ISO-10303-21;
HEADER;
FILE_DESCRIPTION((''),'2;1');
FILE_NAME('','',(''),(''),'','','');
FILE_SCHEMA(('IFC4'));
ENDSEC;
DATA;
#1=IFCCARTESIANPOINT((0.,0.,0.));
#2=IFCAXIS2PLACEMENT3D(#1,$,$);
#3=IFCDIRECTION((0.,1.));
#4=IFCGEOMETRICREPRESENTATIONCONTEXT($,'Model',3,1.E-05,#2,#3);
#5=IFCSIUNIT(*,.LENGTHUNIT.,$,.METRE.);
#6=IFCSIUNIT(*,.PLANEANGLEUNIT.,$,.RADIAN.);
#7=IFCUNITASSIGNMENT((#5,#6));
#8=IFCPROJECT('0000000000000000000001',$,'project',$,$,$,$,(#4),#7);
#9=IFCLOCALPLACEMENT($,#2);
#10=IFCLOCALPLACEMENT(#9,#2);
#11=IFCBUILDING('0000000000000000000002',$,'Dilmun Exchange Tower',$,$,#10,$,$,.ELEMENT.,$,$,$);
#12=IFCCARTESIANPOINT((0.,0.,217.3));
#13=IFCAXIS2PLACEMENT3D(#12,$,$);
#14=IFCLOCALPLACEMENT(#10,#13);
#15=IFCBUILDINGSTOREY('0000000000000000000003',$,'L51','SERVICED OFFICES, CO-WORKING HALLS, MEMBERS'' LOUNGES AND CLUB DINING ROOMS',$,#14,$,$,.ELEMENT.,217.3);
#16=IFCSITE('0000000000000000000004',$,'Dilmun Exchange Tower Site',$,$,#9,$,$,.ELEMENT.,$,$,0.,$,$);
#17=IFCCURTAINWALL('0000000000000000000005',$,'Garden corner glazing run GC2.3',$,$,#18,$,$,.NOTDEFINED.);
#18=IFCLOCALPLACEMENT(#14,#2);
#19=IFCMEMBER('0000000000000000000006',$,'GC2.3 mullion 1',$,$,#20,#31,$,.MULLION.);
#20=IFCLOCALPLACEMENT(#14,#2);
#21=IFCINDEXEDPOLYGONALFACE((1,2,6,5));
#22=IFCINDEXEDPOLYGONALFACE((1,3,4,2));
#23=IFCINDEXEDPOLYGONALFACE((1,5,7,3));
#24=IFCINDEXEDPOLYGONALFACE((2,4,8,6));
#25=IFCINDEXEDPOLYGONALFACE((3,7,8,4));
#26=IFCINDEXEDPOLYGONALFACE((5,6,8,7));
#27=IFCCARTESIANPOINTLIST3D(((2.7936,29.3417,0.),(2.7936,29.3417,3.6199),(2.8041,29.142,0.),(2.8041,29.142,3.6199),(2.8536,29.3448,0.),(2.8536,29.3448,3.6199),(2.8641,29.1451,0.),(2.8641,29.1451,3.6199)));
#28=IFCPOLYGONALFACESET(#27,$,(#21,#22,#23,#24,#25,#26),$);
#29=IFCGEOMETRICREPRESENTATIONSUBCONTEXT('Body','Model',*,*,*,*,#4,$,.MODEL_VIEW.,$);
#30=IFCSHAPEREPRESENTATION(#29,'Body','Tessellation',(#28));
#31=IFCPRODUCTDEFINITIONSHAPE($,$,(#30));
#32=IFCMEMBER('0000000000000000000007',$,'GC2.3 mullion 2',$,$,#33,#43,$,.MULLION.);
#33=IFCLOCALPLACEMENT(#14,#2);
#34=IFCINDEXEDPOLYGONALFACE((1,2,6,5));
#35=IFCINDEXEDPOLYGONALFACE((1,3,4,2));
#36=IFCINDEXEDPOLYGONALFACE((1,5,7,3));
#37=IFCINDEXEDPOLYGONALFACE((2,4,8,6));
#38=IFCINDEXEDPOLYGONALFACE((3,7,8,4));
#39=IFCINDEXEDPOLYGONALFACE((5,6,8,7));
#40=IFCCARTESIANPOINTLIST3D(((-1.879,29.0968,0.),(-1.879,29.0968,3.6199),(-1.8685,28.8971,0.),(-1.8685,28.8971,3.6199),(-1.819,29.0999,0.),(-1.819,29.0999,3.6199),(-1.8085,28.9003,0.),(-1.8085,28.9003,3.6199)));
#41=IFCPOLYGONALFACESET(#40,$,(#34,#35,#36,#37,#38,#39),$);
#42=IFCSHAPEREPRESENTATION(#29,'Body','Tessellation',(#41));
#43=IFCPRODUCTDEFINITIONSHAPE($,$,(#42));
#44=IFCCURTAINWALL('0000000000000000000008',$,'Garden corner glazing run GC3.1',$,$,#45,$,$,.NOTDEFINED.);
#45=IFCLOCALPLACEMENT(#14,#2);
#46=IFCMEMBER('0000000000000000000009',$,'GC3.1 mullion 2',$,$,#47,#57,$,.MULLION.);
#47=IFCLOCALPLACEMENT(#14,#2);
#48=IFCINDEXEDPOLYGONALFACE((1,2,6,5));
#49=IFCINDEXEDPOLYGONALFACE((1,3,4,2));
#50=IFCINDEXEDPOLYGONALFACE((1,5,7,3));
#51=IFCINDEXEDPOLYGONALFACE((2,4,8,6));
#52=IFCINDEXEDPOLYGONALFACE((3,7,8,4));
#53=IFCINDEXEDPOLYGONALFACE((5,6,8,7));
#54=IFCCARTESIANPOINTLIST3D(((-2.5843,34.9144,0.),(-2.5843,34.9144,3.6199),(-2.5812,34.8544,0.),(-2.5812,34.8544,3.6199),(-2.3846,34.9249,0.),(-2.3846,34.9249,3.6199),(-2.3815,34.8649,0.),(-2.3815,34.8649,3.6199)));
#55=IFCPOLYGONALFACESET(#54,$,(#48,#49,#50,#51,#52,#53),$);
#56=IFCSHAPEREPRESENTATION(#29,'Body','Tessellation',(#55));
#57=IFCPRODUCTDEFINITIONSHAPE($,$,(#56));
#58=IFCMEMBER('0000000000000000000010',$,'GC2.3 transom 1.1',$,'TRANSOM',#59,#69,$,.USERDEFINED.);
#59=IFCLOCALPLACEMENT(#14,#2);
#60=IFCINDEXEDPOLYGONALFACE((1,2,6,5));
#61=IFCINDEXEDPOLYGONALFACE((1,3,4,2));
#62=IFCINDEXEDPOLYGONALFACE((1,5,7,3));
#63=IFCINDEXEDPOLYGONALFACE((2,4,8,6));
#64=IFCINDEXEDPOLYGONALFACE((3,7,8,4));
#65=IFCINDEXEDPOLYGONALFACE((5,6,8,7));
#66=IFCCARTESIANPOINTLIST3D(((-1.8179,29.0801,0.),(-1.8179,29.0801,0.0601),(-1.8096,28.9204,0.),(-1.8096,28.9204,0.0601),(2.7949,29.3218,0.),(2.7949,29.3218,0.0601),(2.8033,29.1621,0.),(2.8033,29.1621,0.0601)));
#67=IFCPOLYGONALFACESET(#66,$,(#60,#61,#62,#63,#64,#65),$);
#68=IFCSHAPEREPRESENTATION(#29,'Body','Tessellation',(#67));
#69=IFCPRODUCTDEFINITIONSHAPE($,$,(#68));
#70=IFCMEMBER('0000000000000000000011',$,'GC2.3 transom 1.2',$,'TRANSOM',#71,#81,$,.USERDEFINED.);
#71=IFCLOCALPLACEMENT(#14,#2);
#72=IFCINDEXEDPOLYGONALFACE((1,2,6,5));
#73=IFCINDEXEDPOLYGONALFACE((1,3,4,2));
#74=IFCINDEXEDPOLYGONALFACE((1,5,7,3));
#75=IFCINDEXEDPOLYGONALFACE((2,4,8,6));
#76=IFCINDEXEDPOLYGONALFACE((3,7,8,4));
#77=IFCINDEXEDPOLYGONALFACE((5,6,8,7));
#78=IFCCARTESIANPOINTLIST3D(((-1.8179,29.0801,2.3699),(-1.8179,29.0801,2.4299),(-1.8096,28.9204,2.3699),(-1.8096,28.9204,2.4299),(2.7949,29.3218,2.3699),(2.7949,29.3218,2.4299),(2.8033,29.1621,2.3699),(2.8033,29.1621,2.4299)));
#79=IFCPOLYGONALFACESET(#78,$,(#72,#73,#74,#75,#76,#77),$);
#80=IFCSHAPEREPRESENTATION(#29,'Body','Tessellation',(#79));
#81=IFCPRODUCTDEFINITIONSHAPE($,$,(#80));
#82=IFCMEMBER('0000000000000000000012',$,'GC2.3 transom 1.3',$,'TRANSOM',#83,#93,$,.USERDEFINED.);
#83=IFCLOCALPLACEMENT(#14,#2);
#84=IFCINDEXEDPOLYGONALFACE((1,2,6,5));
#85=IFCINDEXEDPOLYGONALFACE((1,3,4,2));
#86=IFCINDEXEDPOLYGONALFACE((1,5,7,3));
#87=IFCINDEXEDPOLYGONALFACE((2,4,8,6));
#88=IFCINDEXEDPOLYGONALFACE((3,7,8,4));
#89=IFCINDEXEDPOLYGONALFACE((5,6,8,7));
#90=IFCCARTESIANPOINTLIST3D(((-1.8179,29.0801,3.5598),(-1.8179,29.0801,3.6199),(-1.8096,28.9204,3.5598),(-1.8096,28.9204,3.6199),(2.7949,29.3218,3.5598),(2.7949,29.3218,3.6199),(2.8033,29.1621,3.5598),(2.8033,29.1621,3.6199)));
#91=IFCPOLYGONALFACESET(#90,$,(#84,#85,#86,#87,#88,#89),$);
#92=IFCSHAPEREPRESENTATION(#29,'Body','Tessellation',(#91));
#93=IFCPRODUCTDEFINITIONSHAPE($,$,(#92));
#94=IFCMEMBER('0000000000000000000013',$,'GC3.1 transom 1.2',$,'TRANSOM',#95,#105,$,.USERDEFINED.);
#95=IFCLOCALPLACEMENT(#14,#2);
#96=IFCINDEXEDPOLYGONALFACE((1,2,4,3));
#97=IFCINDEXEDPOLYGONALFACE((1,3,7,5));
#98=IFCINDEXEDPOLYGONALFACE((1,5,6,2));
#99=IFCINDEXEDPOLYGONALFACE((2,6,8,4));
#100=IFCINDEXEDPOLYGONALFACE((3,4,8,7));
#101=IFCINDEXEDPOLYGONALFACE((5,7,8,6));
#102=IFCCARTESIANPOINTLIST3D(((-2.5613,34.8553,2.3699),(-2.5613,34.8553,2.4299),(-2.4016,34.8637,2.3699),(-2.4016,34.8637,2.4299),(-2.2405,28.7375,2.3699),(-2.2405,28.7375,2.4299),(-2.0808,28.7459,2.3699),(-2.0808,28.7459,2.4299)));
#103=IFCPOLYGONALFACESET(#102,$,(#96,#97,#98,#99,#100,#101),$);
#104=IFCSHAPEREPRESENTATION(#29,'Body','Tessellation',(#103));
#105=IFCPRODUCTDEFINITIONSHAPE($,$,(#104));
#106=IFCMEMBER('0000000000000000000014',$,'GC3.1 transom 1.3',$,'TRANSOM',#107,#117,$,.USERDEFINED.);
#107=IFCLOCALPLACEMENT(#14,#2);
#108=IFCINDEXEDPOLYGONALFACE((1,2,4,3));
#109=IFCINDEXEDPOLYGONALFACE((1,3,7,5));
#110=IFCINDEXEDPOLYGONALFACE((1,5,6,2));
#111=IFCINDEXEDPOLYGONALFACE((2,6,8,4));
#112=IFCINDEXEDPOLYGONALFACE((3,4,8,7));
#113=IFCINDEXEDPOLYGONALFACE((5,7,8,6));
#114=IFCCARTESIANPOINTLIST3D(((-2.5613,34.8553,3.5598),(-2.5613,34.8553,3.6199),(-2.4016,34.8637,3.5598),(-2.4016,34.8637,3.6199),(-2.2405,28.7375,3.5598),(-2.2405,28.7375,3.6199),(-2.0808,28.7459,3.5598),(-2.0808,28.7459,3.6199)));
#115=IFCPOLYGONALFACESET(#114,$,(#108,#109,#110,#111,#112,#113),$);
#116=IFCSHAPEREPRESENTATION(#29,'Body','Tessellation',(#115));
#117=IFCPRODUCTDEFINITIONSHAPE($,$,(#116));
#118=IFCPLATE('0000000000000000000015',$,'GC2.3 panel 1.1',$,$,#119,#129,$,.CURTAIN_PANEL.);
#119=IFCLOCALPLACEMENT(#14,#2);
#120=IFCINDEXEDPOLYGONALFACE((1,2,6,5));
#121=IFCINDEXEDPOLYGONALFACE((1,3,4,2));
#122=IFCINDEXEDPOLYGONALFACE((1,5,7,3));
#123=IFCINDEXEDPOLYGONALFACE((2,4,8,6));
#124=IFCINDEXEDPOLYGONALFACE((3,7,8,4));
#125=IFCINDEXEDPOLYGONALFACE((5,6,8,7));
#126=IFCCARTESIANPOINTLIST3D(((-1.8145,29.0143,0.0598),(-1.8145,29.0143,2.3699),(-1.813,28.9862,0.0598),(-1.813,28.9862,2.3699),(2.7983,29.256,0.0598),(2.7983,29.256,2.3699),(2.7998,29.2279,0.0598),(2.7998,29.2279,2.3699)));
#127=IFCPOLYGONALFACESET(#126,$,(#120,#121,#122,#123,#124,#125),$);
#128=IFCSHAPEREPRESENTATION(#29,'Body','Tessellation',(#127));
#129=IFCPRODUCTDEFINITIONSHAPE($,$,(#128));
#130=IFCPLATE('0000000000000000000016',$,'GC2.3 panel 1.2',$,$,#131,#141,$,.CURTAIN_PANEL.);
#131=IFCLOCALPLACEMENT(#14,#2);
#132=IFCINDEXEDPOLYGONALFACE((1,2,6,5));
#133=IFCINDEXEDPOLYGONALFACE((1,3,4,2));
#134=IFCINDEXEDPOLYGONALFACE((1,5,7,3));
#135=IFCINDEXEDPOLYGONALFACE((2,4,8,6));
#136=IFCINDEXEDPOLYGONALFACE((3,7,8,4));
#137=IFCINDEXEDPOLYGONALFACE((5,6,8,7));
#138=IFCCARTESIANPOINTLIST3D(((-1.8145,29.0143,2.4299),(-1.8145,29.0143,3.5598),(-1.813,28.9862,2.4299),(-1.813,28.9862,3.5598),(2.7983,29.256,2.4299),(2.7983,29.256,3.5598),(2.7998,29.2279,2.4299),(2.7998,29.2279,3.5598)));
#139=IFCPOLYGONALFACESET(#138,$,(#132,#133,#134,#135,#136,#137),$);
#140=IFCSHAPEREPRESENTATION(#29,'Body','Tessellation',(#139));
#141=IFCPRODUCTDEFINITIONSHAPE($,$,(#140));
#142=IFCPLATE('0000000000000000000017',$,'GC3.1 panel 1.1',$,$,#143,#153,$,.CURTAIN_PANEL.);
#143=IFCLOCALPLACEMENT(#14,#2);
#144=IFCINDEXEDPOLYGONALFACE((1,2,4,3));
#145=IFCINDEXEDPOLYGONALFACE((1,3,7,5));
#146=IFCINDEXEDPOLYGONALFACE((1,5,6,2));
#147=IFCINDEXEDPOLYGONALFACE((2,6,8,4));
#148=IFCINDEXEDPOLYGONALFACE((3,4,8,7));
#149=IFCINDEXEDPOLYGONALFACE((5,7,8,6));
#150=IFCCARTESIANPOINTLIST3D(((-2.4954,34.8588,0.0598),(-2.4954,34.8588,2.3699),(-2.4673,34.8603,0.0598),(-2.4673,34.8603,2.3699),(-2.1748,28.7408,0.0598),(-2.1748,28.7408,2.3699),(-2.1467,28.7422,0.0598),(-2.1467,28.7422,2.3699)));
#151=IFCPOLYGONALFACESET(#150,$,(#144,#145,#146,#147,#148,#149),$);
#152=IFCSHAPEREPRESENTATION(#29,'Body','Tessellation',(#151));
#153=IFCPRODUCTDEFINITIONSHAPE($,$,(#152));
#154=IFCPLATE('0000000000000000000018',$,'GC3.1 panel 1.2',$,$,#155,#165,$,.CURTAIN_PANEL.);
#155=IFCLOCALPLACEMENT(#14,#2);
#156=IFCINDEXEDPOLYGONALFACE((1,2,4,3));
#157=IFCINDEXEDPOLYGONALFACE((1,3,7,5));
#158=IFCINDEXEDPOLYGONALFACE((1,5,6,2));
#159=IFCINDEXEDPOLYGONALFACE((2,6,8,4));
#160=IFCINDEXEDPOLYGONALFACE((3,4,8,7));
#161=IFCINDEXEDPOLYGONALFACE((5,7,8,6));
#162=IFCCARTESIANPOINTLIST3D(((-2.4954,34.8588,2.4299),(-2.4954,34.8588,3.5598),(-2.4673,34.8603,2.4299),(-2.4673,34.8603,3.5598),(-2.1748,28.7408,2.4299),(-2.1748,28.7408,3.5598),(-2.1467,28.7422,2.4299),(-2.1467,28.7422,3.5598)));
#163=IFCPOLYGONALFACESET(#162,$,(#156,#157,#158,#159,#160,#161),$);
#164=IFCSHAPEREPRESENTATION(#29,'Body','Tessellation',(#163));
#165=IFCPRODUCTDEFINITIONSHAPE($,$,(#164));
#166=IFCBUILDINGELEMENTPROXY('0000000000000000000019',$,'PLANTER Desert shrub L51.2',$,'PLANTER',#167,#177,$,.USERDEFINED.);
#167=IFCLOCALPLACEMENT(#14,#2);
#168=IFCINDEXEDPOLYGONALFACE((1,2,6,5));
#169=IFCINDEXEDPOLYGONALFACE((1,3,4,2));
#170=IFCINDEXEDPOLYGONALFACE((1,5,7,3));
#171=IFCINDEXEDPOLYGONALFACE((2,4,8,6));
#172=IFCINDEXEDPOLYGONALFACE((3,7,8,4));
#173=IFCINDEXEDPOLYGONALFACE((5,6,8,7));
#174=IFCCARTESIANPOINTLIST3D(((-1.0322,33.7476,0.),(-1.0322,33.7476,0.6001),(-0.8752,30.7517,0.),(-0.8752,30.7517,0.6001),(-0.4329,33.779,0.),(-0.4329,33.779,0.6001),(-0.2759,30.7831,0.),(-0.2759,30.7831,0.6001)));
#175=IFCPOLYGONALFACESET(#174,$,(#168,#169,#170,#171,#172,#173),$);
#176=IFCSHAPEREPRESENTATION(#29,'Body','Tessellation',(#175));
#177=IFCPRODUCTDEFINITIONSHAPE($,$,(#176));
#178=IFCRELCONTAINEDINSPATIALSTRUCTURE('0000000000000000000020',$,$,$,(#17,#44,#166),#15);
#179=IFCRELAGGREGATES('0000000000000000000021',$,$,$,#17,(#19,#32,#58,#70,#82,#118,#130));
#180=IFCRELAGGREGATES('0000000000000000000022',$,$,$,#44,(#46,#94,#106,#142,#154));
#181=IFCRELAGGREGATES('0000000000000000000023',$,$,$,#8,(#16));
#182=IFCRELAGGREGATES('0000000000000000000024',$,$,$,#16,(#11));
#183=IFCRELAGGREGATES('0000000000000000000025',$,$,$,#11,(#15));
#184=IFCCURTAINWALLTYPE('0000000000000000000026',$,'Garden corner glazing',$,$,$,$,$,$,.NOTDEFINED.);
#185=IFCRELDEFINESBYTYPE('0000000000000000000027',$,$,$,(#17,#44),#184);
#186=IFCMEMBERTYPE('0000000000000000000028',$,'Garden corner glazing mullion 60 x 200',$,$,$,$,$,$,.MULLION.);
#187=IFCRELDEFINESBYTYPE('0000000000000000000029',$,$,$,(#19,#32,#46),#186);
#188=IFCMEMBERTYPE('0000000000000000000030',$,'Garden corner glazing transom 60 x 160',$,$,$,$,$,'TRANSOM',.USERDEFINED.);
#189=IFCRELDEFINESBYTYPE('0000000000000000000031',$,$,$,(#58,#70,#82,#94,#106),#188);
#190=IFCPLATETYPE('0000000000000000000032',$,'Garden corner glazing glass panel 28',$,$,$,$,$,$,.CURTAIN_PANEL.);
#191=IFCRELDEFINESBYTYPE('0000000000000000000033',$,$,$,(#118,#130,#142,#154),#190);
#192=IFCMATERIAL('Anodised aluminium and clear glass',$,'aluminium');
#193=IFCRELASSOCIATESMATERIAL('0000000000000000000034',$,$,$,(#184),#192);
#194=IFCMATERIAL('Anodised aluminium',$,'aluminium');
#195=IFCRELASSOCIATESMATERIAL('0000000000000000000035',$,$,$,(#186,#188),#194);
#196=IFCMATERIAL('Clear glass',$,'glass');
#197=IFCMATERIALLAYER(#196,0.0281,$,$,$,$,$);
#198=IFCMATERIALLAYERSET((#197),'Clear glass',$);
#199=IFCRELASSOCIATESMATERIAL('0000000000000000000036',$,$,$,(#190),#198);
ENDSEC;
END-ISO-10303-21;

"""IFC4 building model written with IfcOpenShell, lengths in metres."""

from ifc_helpers import new_model, si_unit, direction, frame, origin, origin_2d, place, context, subcontext, project, spatial, rectangle, extrude, material, layer, layer_set, material_profile, profile_set, type_object, element, aggregate, save


model = new_model("IFC4")

# Units and contexts
model_context = context("Model", 3, precision=1e-05, world=origin(), true_north=direction((0.0, 1.0)))
body_context = subcontext(model_context, "Body", "Model", "MODEL_VIEW")
ifc_project = project(units=[si_unit("LENGTHUNIT", "METRE"), si_unit("PLANEANGLEUNIT", "RADIAN")], contexts=[model_context])

# Site, building, storey
site_placement = place(None, origin())
site = spatial("IfcSite", under=ifc_project, at=site_placement, Name="Dilmun Exchange Tower Site", CompositionType="ELEMENT", RefElevation=0.0)
building_placement = place(site_placement, origin())
building = spatial("IfcBuilding", under=site, at=building_placement, Name="Dilmun Exchange Tower", CompositionType="ELEMENT")
storey_placement = place(building_placement, frame((0.0, 0.0, 217.3)))
storey = spatial("IfcBuildingStorey", under=building, at=storey_placement, Name="L51", Description="SERVICED OFFICES, CO-WORKING HALLS, MEMBERS' LOUNGES AND CLUB DINING ROOMS", CompositionType="ELEMENT", Elevation=217.3)

# Curtain wall, members
ifc_material_1 = material(Name="Anodised aluminium and clear glass", Category="aluminium")
curtain_wall_type = type_object("IfcCurtainWallType", Name="Garden corner glazing", PredefinedType="NOTDEFINED", material=ifc_material_1)
curtain_wall_1_placement = place(storey_placement, origin())
curtain_wall_1 = element("IfcCurtainWall", 1, at=curtain_wall_1_placement, inside=storey, type_object=curtain_wall_type, Name="Garden corner glazing run GC2.3", PredefinedType="NOTDEFINED")
ifc_material_2 = material(Name="Anodised aluminium", Category="aluminium")
ifc_material_profile_1 = material_profile(ifc_material_2, rectangle(XDim=0.2, YDim=0.0601, at=origin_2d()), Name="AL 60x200")
ifc_profile_set_1 = profile_set([ifc_material_profile_1], Name="Anodised aluminium")
member_type_1 = type_object("IfcMemberType", Name="Garden corner glazing mullion 60 x 200", PredefinedType="MULLION", material=ifc_profile_set_1)
member_1_placement = place(storey_placement, frame((2.8289, 29.2434, 0.0), z_axis=(0.0, 0.0, 1.0), x_axis=(0.052331, -0.99863, 0.0)))
member_1 = element("IfcMember", 2, at=member_1_placement, type_object=member_type_1, Name="GC2.3 mullion 1", PredefinedType="MULLION", context=body_context, shape_type="SweptSolid", body=[
    extrude(rectangle(XDim=0.2, YDim=0.0601, at=origin_2d()), origin(), (0.0, 0.0, 1.0), 3.6199),
])
member_2_placement = place(storey_placement, frame((-1.8438, 28.9985, 0.0), z_axis=(0.0, 0.0, 1.0), x_axis=(0.052331, -0.99863, 0.0)))
member_2 = element("IfcMember", 3, at=member_2_placement, type_object=member_type_1, Name="GC2.3 mullion 2", PredefinedType="MULLION", context=body_context, shape_type="SweptSolid", body=[
    extrude(rectangle(XDim=0.2, YDim=0.0601, at=origin_2d()), origin(), (0.0, 0.0, 1.0), 3.6199),
])

# Curtain wall, member
curtain_wall_2_placement = place(storey_placement, origin())
curtain_wall_2 = element("IfcCurtainWall", 4, at=curtain_wall_2_placement, inside=storey, type_object=curtain_wall_type, Name="Garden corner glazing run GC3.1", PredefinedType="NOTDEFINED")
member_3_placement = place(storey_placement, frame((-2.4829, 34.8896, 0.0), z_axis=(0.0, 0.0, 1.0), x_axis=(-0.99863, -0.052334, 0.0)))
member_3 = element("IfcMember", 5, at=member_3_placement, type_object=member_type_1, Name="GC3.1 mullion 2", PredefinedType="MULLION", context=body_context, shape_type="SweptSolid", body=[
    extrude(rectangle(XDim=0.2, YDim=0.0601, at=origin_2d()), origin(), (0.0, 0.0, 1.0), 3.6199),
])

# Members
ifc_material_profile_2 = material_profile(ifc_material_2, rectangle(XDim=0.1599, YDim=0.0601, at=origin_2d()), Name="AL 60x160")
ifc_profile_set_2 = profile_set([ifc_material_profile_2], Name="Anodised aluminium")
member_type_2 = type_object("IfcMemberType", Name="Garden corner glazing transom 60 x 160", ElementType="TRANSOM", PredefinedType="USERDEFINED", material=ifc_profile_set_2)
member_4_placement = place(storey_placement, frame((2.7991, 29.2419, 0.03), z_axis=(-0.99863, -0.052326, 0.0), x_axis=(0.052326, -0.99863, 0.0)))
member_4 = element("IfcMember", 6, at=member_4_placement, type_object=member_type_2, Name="GC2.3 transom 1.1", ObjectType="TRANSOM", PredefinedType="USERDEFINED", context=body_context, shape_type="SweptSolid", body=[
    extrude(rectangle(XDim=0.1599, YDim=0.0601, at=origin_2d()), origin(), (0.0, 0.0, 1.0), 4.6191),
])
member_5_placement = place(storey_placement, frame((2.7991, 29.2419, 2.3999), z_axis=(-0.99863, -0.052326, 0.0), x_axis=(0.052326, -0.99863, 0.0)))
member_5 = element("IfcMember", 7, at=member_5_placement, type_object=member_type_2, Name="GC2.3 transom 1.2", ObjectType="TRANSOM", PredefinedType="USERDEFINED", context=body_context, shape_type="SweptSolid", body=[
    extrude(rectangle(XDim=0.1599, YDim=0.0601, at=origin_2d()), origin(), (0.0, 0.0, 1.0), 4.6191),
])
member_6_placement = place(storey_placement, frame((2.7991, 29.2419, 3.5898), z_axis=(-0.99863, -0.052326, 0.0), x_axis=(0.052326, -0.99863, 0.0)))
member_6 = element("IfcMember", 8, at=member_6_placement, type_object=member_type_2, Name="GC2.3 transom 1.3", ObjectType="TRANSOM", PredefinedType="USERDEFINED", context=body_context, shape_type="SweptSolid", body=[
    extrude(rectangle(XDim=0.1599, YDim=0.0601, at=origin_2d()), origin(), (0.0, 0.0, 1.0), 4.6191),
])
member_7_placement = place(storey_placement, frame((-2.1606, 28.7417, 2.3999), z_axis=(-0.052364, 0.998628, 0.0), x_axis=(-0.998628, -0.052364, 0.0)))
member_7 = element("IfcMember", 9, at=member_7_placement, type_object=member_type_2, Name="GC3.1 transom 1.2", ObjectType="TRANSOM", PredefinedType="USERDEFINED", context=body_context, shape_type="SweptSolid", body=[
    extrude(rectangle(XDim=0.1599, YDim=0.0601, at=origin_2d()), origin(), (0.0, 0.0, 1.0), 6.1262),
])
member_8_placement = place(storey_placement, frame((-2.1606, 28.7417, 3.5898), z_axis=(-0.052364, 0.998628, 0.0), x_axis=(-0.998628, -0.052364, 0.0)))
member_8 = element("IfcMember", 10, at=member_8_placement, type_object=member_type_2, Name="GC3.1 transom 1.3", ObjectType="TRANSOM", PredefinedType="USERDEFINED", context=body_context, shape_type="SweptSolid", body=[
    extrude(rectangle(XDim=0.1599, YDim=0.0601, at=origin_2d()), origin(), (0.0, 0.0, 1.0), 6.1262),
])

# Plates
ifc_material_3 = material(Name="Clear glass", Category="glass")
ifc_layer_1 = layer(ifc_material_3, 0.0281)
ifc_layer_set_1 = layer_set([ifc_layer_1], Name="Clear glass")
plate_type = type_object("IfcPlateType", Name="Garden corner glazing glass panel 28", PredefinedType="CURTAIN_PANEL", material=ifc_layer_set_1)
plate_1_placement = place(storey_placement, frame((0.4927, 29.1211, 0.0598), z_axis=(0.0, 0.0, 1.0), x_axis=(-0.99863, -0.052331, 0.0)))
plate_1 = element("IfcPlate", 11, at=plate_1_placement, type_object=plate_type, Name="GC2.3 panel 1.1", PredefinedType="CURTAIN_PANEL", context=body_context, shape_type="SweptSolid", body=[
    extrude(rectangle(XDim=4.6191, YDim=0.0281, at=origin_2d()), origin(), (0.0, 0.0, 1.0), 2.3101),
])
plate_2_placement = place(storey_placement, frame((0.4927, 29.1211, 2.4299), z_axis=(0.0, 0.0, 1.0), x_axis=(-0.99863, -0.052331, 0.0)))
plate_2 = element("IfcPlate", 12, at=plate_2_placement, type_object=plate_type, Name="GC2.3 panel 1.2", PredefinedType="CURTAIN_PANEL", context=body_context, shape_type="SweptSolid", body=[
    extrude(rectangle(XDim=4.6191, YDim=0.0281, at=origin_2d()), origin(), (0.0, 0.0, 1.0), 1.1299),
])
aggregate(curtain_wall_1, [member_1, member_2, member_4, member_5, member_6, plate_1, plate_2])
plate_3_placement = place(storey_placement, frame((-2.321, 31.8005, 0.0598), z_axis=(0.0, 0.0, 1.0), x_axis=(-0.052334, 0.99863, 0.0)))
plate_3 = element("IfcPlate", 13, at=plate_3_placement, type_object=plate_type, Name="GC3.1 panel 1.1", PredefinedType="CURTAIN_PANEL", context=body_context, shape_type="SweptSolid", body=[
    extrude(rectangle(XDim=6.1265, YDim=0.0281, at=origin_2d()), origin(), (0.0, 0.0, 1.0), 2.3101),
])
plate_4_placement = place(storey_placement, frame((-2.321, 31.8005, 2.4299), z_axis=(0.0, 0.0, 1.0), x_axis=(-0.052334, 0.99863, 0.0)))
plate_4 = element("IfcPlate", 14, at=plate_4_placement, type_object=plate_type, Name="GC3.1 panel 1.2", PredefinedType="CURTAIN_PANEL", context=body_context, shape_type="SweptSolid", body=[
    extrude(rectangle(XDim=6.1265, YDim=0.0281, at=origin_2d()), origin(), (0.0, 0.0, 1.0), 1.1299),
])
aggregate(curtain_wall_2, [member_3, member_7, member_8, plate_3, plate_4])

# Building element proxy
proxy_placement = place(storey_placement, frame((-0.6541, 32.2654, 0.0), z_axis=(0.0, 0.0, 1.0), x_axis=(-0.052336, 0.99863, 0.0)))
element("IfcBuildingElementProxy", 15, at=proxy_placement, inside=storey, Name="PLANTER Desert shrub L51.2", ObjectType="PLANTER", PredefinedType="USERDEFINED", context=body_context, shape_type="SweptSolid", body=[
    extrude(rectangle(XDim=3.0, YDim=0.6001, at=origin_2d()), origin(), (0.0, 0.0, 1.0), 0.6001),
])

save(model, "model.ifc")
